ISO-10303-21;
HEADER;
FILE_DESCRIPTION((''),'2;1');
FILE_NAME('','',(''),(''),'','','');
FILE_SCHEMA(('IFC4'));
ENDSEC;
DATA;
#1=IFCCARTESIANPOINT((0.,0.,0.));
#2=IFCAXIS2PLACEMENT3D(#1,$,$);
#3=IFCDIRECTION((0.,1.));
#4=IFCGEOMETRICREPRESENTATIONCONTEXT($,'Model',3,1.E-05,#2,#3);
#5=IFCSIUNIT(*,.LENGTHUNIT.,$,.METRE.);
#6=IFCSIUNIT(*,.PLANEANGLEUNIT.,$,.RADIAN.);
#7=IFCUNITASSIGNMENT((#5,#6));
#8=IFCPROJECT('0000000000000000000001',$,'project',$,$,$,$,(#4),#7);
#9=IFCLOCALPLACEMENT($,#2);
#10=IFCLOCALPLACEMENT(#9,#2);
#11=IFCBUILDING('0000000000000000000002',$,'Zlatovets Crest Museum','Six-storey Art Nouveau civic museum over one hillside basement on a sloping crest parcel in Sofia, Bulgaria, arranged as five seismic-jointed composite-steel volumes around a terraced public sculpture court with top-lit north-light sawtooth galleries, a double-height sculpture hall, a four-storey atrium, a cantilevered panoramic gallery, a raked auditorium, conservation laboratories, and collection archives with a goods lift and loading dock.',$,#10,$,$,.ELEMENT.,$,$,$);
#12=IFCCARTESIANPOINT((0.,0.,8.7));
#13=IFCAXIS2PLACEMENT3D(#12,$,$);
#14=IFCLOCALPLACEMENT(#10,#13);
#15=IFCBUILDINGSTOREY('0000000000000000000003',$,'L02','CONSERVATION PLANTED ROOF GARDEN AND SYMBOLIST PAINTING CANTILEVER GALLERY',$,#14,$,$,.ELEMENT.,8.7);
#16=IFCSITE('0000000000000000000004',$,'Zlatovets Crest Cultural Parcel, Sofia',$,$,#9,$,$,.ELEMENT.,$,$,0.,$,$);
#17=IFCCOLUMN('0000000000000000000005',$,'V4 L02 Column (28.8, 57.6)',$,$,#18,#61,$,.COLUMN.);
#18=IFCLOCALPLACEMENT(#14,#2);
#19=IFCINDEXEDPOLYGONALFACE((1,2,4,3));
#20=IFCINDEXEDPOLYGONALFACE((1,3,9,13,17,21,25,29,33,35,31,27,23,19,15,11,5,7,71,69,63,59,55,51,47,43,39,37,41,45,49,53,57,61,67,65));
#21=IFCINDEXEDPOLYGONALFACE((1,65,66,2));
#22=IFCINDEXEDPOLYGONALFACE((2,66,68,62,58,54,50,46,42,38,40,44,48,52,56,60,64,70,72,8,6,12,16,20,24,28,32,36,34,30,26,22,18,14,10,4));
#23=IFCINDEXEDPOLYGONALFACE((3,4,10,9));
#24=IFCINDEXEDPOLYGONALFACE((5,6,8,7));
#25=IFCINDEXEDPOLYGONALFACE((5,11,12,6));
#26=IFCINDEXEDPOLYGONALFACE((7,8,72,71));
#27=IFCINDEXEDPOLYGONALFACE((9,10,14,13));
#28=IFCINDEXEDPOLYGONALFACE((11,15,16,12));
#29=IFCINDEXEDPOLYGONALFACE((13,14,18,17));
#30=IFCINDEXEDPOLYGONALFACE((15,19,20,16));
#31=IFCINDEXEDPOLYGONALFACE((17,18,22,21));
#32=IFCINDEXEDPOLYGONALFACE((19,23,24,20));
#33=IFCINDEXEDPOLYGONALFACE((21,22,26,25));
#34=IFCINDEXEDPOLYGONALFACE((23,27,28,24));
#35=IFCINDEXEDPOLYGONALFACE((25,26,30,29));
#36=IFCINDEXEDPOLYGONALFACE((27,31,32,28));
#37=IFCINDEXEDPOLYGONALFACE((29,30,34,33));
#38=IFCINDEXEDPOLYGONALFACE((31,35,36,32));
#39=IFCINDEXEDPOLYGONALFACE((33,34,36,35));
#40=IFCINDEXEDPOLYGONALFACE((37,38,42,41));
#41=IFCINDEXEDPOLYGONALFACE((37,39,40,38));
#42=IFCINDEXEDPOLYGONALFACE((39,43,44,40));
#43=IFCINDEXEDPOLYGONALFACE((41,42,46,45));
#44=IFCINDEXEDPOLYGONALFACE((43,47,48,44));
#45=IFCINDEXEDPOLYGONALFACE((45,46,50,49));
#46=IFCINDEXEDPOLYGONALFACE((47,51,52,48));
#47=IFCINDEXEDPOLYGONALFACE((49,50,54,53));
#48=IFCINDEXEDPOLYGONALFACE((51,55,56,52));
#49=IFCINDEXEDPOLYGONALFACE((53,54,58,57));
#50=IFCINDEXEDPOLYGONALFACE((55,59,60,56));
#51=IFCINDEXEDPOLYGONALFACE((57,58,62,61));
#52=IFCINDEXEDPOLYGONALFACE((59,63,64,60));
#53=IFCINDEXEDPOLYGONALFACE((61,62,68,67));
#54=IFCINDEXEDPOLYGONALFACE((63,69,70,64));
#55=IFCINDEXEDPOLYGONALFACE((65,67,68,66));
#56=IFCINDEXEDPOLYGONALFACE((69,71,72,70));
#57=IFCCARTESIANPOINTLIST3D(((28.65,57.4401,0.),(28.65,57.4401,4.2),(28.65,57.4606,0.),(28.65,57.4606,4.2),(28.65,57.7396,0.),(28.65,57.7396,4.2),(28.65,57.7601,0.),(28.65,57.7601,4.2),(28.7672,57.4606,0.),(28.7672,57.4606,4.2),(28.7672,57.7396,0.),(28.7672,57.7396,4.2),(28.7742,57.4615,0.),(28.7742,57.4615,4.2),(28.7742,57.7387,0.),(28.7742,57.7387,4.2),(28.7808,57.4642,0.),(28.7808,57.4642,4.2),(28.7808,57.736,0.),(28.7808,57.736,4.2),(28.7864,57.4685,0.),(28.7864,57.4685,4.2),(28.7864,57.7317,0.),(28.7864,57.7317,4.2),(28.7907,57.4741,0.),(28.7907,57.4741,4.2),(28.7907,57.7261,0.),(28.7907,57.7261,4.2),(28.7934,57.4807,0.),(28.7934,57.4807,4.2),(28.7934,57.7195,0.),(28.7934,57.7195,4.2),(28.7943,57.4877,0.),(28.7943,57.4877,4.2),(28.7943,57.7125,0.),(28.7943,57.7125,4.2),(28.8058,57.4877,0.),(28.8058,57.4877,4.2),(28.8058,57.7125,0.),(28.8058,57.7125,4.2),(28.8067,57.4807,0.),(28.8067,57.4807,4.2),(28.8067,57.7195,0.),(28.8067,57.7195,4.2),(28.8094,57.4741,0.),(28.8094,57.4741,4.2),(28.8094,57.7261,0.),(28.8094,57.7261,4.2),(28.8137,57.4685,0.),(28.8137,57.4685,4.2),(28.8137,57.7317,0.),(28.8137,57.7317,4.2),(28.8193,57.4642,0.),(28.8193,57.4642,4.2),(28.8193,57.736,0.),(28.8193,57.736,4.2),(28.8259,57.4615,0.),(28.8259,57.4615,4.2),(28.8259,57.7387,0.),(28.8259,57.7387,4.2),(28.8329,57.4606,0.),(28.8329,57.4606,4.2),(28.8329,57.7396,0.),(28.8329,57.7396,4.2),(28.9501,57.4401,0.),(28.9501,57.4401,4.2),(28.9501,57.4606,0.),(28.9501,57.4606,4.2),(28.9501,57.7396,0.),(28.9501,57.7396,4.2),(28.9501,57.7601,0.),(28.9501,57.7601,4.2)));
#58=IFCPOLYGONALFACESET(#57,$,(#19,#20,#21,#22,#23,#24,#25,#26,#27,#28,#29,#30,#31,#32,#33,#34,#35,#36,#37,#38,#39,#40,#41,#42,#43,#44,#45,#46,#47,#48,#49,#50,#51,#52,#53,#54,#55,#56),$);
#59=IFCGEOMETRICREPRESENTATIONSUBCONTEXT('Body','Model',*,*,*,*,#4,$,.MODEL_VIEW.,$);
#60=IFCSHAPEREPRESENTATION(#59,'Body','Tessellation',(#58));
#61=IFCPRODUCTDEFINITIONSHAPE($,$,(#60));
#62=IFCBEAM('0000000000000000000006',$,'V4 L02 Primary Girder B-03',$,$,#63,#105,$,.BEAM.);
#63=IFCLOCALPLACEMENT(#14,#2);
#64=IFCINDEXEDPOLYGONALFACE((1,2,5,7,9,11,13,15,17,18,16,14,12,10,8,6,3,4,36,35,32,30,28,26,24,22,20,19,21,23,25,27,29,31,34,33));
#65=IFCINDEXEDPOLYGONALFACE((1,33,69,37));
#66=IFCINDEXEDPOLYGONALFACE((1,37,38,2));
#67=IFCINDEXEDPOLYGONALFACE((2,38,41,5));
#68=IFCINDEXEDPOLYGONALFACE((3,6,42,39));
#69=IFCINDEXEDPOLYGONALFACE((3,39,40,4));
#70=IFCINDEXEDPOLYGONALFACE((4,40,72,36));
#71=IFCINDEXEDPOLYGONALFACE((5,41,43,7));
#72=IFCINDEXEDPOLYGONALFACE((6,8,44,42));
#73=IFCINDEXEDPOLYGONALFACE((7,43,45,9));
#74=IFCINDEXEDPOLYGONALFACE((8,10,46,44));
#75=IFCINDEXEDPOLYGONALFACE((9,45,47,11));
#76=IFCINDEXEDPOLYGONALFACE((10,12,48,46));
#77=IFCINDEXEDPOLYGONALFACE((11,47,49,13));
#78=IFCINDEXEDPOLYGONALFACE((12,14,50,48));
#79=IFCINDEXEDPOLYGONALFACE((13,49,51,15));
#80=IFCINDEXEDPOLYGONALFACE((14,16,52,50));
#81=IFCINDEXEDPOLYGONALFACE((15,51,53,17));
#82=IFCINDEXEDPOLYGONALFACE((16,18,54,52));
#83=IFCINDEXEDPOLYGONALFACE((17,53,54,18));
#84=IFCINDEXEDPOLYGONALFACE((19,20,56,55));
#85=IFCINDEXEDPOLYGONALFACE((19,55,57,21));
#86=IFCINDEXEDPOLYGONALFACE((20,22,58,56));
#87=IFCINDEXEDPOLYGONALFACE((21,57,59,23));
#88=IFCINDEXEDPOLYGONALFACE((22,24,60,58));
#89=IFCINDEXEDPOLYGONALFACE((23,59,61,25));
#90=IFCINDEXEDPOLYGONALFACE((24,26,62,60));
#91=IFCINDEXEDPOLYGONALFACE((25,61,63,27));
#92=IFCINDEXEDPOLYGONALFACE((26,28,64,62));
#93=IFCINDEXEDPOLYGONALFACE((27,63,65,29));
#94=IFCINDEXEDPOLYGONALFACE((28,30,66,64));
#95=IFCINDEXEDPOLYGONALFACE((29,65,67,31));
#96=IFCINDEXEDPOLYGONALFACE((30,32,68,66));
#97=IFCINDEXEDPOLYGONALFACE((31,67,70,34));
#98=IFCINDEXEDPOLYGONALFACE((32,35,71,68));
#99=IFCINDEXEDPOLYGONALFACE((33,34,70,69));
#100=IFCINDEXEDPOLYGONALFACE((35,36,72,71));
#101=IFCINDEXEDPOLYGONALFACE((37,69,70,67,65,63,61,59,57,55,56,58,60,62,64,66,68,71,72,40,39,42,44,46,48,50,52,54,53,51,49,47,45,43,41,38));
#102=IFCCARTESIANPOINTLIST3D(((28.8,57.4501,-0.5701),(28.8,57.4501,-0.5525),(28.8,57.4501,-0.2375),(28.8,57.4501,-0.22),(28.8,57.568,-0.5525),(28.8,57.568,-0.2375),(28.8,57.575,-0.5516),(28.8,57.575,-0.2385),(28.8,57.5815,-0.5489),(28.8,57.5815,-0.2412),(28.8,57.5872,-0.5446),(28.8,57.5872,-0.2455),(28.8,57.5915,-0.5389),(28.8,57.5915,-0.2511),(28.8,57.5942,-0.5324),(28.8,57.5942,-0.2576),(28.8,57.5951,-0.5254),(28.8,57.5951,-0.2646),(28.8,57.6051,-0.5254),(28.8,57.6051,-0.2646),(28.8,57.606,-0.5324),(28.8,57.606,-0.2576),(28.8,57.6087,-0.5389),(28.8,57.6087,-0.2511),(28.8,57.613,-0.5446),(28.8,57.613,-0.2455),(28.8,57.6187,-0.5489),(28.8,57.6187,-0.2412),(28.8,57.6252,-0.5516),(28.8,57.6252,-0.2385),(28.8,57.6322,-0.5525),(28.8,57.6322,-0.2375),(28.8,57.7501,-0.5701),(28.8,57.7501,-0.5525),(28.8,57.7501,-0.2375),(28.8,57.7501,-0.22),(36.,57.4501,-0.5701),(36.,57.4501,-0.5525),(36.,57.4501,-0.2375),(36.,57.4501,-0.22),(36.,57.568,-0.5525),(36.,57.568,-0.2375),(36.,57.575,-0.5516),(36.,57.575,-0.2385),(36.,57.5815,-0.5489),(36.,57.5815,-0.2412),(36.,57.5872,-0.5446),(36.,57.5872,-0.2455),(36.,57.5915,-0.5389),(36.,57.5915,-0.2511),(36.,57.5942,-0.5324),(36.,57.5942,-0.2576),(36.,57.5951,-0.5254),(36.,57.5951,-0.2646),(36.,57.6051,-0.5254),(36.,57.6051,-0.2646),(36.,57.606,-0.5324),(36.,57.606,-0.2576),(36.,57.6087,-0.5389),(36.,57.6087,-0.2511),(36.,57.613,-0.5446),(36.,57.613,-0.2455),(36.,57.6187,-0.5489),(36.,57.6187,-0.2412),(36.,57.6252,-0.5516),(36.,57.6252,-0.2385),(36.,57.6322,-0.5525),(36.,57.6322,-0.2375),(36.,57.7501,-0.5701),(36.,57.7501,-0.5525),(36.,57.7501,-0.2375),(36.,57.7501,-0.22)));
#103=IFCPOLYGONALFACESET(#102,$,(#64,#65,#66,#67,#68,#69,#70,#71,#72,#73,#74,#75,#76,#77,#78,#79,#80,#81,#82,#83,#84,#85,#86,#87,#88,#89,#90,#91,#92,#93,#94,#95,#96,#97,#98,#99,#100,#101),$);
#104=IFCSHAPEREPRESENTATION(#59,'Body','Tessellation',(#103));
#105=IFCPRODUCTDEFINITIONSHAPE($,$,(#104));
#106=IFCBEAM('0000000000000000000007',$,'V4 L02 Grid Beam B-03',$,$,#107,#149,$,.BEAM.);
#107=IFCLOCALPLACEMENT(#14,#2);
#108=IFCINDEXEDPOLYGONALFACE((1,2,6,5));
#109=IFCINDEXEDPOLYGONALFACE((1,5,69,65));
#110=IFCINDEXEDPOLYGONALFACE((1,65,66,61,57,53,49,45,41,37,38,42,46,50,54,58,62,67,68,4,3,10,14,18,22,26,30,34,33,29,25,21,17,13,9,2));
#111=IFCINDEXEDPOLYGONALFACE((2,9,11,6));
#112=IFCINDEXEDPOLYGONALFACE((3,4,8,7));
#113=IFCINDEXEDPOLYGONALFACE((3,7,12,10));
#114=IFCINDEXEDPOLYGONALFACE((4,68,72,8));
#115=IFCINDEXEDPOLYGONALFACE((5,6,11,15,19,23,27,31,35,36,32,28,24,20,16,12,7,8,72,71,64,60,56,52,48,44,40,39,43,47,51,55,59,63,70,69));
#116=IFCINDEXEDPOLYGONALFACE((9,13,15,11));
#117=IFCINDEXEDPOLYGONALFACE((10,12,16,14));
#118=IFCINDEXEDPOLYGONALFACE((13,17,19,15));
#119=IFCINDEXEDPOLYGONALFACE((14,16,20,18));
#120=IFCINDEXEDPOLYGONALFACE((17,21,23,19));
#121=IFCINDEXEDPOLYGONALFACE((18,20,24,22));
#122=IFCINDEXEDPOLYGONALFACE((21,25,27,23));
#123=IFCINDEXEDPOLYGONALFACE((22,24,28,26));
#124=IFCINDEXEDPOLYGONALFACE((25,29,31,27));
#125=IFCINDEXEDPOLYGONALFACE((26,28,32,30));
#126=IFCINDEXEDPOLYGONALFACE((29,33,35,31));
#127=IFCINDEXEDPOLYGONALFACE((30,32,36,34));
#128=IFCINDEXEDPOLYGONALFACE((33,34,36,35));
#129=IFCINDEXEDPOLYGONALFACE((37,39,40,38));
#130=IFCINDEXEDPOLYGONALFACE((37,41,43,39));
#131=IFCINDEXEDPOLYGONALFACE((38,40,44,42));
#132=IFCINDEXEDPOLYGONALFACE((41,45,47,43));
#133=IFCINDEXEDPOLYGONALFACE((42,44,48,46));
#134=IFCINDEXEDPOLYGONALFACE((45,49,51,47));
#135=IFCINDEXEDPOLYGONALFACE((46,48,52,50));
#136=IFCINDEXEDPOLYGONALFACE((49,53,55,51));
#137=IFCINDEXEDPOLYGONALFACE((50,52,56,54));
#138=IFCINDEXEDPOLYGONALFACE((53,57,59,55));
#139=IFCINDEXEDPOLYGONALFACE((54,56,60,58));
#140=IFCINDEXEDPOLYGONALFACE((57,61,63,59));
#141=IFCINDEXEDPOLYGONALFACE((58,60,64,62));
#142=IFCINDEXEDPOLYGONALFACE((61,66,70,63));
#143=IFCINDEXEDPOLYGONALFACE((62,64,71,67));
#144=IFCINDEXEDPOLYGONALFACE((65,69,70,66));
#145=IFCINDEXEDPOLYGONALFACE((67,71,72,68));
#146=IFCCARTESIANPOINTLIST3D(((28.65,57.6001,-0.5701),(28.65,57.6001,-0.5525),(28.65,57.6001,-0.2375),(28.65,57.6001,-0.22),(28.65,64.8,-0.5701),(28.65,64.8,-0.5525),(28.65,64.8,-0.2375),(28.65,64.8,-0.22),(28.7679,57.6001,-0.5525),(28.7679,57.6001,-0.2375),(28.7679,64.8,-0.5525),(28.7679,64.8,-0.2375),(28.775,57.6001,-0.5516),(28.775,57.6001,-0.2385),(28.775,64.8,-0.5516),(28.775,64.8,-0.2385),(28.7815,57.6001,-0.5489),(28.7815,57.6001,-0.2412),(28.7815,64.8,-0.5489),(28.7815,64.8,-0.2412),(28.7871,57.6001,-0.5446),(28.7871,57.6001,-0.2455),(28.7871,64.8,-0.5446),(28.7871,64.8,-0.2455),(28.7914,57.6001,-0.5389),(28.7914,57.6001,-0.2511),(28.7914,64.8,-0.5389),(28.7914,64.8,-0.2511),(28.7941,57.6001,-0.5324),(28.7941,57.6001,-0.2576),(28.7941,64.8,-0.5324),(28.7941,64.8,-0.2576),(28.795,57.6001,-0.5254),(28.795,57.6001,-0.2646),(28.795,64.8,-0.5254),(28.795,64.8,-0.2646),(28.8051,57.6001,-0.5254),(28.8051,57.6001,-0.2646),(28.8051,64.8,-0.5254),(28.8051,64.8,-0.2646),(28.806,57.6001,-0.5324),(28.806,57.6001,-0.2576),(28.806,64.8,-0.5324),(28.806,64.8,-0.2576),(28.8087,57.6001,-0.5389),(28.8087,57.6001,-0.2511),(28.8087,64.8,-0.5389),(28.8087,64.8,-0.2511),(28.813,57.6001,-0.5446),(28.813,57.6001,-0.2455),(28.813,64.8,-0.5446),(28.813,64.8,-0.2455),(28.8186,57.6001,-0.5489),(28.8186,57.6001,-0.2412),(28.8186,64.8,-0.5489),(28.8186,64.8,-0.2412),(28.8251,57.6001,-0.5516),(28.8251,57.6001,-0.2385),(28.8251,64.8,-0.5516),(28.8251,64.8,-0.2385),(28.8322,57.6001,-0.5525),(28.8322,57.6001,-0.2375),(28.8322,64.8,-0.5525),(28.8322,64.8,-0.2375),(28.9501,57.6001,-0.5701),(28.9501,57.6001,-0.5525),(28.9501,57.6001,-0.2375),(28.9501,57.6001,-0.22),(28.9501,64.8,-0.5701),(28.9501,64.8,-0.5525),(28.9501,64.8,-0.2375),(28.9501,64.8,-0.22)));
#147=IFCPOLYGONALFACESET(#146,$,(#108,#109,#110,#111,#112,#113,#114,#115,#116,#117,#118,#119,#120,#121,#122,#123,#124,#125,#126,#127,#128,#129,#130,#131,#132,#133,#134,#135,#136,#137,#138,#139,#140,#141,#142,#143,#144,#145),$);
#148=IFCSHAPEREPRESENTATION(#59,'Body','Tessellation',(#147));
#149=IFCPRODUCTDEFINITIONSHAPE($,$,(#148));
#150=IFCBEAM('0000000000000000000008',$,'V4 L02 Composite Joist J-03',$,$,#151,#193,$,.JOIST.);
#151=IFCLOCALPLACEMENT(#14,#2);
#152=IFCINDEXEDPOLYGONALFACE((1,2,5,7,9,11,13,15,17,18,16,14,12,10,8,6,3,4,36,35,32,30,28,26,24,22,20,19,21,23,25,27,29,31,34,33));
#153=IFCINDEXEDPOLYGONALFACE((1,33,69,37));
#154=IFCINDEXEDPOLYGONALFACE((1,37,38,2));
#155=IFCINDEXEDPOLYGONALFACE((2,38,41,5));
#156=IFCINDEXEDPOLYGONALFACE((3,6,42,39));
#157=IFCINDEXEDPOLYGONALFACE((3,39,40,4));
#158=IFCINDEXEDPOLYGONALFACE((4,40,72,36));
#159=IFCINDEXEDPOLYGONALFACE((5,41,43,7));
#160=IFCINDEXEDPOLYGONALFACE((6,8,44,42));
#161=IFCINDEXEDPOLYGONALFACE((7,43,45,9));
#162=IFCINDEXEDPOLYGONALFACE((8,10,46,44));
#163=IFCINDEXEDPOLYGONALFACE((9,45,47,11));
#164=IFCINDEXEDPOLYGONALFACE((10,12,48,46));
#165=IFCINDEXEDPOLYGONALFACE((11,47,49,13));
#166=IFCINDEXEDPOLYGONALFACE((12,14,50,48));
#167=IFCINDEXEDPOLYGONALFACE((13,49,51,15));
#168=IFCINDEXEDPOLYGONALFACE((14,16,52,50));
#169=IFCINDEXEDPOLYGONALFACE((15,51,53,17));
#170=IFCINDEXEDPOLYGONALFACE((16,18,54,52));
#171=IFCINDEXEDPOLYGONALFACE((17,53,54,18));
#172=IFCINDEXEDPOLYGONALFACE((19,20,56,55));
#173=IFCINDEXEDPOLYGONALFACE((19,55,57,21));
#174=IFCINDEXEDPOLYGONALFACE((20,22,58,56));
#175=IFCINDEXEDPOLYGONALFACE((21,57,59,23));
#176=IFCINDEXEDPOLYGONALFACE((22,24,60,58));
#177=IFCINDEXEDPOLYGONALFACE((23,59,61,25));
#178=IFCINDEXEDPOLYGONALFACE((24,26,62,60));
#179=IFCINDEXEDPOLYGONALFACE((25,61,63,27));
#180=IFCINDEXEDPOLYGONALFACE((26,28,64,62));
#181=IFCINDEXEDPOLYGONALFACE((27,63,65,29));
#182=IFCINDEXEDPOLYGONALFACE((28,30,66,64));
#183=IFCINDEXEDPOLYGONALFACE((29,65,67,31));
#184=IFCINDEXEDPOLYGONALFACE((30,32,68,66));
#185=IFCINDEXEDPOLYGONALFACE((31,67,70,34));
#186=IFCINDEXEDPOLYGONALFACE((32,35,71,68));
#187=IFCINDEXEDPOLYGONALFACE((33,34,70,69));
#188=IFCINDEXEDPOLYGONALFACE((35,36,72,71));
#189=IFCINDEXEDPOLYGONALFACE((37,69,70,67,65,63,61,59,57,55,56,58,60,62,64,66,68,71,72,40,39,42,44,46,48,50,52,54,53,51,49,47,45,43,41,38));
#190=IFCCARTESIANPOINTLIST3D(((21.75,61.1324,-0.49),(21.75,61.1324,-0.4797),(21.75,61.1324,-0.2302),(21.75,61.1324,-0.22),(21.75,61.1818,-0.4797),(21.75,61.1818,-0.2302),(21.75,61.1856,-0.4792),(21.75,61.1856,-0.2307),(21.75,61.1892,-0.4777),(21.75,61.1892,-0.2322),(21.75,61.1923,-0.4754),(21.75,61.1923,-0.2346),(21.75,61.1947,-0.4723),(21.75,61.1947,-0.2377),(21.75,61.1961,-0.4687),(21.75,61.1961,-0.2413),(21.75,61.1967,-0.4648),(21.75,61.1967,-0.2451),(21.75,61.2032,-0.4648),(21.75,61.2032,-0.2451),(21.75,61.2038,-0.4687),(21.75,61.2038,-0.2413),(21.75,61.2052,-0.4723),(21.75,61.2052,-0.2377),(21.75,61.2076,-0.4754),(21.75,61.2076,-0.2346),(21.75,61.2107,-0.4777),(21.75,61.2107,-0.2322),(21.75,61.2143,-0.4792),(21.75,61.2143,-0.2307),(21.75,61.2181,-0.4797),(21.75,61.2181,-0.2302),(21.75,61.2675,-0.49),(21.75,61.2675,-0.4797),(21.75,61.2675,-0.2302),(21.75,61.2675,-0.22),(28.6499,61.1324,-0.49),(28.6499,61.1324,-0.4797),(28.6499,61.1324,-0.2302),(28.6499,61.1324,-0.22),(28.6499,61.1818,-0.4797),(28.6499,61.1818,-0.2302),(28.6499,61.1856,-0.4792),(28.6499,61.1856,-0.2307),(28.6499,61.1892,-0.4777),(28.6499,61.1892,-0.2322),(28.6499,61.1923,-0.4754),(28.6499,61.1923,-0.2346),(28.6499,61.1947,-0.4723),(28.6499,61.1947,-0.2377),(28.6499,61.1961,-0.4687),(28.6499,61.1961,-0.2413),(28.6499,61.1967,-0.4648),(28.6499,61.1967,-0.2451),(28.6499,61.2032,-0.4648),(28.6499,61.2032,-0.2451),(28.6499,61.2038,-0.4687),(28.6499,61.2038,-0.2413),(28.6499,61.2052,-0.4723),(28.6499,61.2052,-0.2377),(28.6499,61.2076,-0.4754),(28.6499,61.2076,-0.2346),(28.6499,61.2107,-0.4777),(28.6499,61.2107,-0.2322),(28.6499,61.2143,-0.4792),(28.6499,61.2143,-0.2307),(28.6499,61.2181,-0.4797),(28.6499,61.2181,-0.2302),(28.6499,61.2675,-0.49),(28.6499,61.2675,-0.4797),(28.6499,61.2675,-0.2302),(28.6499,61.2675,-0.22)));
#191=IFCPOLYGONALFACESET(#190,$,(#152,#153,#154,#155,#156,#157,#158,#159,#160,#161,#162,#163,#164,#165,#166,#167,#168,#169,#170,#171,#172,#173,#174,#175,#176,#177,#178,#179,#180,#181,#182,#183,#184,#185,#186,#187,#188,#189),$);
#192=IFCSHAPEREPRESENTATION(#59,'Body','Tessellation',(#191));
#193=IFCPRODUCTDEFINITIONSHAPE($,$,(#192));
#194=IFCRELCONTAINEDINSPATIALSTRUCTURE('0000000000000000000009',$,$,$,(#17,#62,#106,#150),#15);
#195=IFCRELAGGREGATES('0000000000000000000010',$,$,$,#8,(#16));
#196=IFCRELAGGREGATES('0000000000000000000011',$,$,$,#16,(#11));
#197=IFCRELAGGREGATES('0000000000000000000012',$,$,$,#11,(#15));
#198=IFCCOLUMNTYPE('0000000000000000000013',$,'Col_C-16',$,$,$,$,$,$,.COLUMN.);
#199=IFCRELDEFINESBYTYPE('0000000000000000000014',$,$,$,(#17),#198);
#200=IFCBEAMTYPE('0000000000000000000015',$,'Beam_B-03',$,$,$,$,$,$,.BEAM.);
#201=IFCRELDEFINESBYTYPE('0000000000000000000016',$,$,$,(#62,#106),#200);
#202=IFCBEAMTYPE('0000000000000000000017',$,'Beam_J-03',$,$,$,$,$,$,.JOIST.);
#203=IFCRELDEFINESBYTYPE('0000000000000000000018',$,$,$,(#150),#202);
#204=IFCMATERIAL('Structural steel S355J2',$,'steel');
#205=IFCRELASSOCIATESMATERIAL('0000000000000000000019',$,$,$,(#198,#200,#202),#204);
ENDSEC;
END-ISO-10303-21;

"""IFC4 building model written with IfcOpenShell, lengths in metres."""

from ifc_helpers import new_model, si_unit, direction, frame, origin, origin_2d, place, context, subcontext, project, spatial, i_section, extrude, material, material_profile, profile_set, type_object, element, save


model = new_model("IFC4")

# Units and contexts
model_context = context("Model", 3, precision=1e-05, world=origin(), true_north=direction((0.0, 1.0)))
body_context = subcontext(model_context, "Body", "Model", "MODEL_VIEW")
ifc_project = project(units=[si_unit("LENGTHUNIT", "METRE"), si_unit("PLANEANGLEUNIT", "RADIAN")], contexts=[model_context])

# Site, building, storey
site_placement = place(None, origin())
site = spatial("IfcSite", under=ifc_project, at=site_placement, Name="Zlatovets Crest Cultural Parcel, Sofia", CompositionType="ELEMENT", RefElevation=0.0)
building_placement = place(site_placement, origin())
building = spatial("IfcBuilding", under=site, at=building_placement, Name="Zlatovets Crest Museum", Description="Six-storey Art Nouveau civic museum over one hillside basement on a sloping crest parcel in Sofia, Bulgaria, arranged as five seismic-jointed composite-steel volumes around a terraced public sculpture court with top-lit north-light sawtooth galleries, a double-height sculpture hall, a four-storey atrium, a cantilevered panoramic gallery, a raked auditorium, conservation laboratories, and collection archives with a goods lift and loading dock.", CompositionType="ELEMENT")
storey_placement = place(building_placement, frame((0.0, 0.0, 8.7)))
storey = spatial("IfcBuildingStorey", under=building, at=storey_placement, Name="L02", Description="CONSERVATION PLANTED ROOF GARDEN AND SYMBOLIST PAINTING CANTILEVER GALLERY", CompositionType="ELEMENT", Elevation=8.7)

# Column
ifc_material_1 = material(Name="Structural steel S355J2", Category="steel")
ifc_material_profile_1 = material_profile(ifc_material_1, i_section(OverallWidth=0.3, OverallDepth=0.3201, WebThickness=0.0115, FlangeThickness=0.0205, FilletRadius=0.0271, at=origin_2d()), Name="HEB 320")
ifc_profile_set_1 = profile_set([ifc_material_profile_1], Name="Structural steel S355J2")
column_type = type_object("IfcColumnType", Name="Col_C-16", PredefinedType="COLUMN", material=ifc_profile_set_1)
column_placement = place(storey_placement, frame((28.8, 57.6001, 0.0), z_axis=(0.0, 0.0, 1.0), x_axis=(1.0, 0.0, 0.0)))
element("IfcColumn", 1, at=column_placement, inside=storey, type_object=column_type, Name="V4 L02 Column (28.8, 57.6)", PredefinedType="COLUMN", context=body_context, shape_type="SweptSolid", body=[
    extrude(i_section(OverallWidth=0.3, OverallDepth=0.3201, WebThickness=0.0115, FlangeThickness=0.0205, FilletRadius=0.0271, at=origin_2d()), origin(), (0.0, 0.0, 1.0), 4.2),
])

# Beams
ifc_material_profile_2 = material_profile(ifc_material_1, i_section(OverallWidth=0.3, OverallDepth=0.3501, WebThickness=0.01, FlangeThickness=0.0176, FilletRadius=0.0271, at=origin_2d()), Name="HEA 360")
ifc_profile_set_2 = profile_set([ifc_material_profile_2], Name="Structural steel S355J2")
beam_type_1 = type_object("IfcBeamType", Name="Beam_B-03", PredefinedType="BEAM", material=ifc_profile_set_2)
for number, where, z_axis, x_axis, name in (
    (2, (28.8, 57.6001, -0.395), (1.0, 0.0, 0.0), (0.0, 1.0, 0.0), "V4 L02 Primary Girder B-03"),
    (3, (28.8, 57.6001, -0.395), (0.0, 1.0, 0.0), (-1.0, 0.0, 0.0), "V4 L02 Grid Beam B-03"),
):
    element("IfcBeam", number, at=place(storey_placement, frame(where, z_axis=z_axis, x_axis=x_axis)), inside=storey, type_object=beam_type_1, Name=name, PredefinedType="BEAM", context=body_context, shape_type="SweptSolid", body=[
        extrude(i_section(OverallWidth=0.3, OverallDepth=0.3501, WebThickness=0.01, FlangeThickness=0.0176, FilletRadius=0.0271, at=origin_2d()), origin(), (0.0, 0.0, 1.0), 7.2),
    ])
ifc_material_profile_3 = material_profile(ifc_material_1, i_section(OverallWidth=0.135, OverallDepth=0.27, WebThickness=0.0066, FlangeThickness=0.0103, FilletRadius=0.0149, at=origin_2d()), Name="IPE 270")
ifc_profile_set_3 = profile_set([ifc_material_profile_3], Name="Structural steel S355J2")
beam_type_2 = type_object("IfcBeamType", Name="Beam_J-03", PredefinedType="JOIST", material=ifc_profile_set_3)
beam_1_placement = place(storey_placement, frame((21.75, 61.2, -0.355), z_axis=(1.0, 0.0, 0.0), x_axis=(0.0, 1.0, 0.0)))
element("IfcBeam", 4, at=beam_1_placement, inside=storey, type_object=beam_type_2, Name="V4 L02 Composite Joist J-03", PredefinedType="JOIST", context=body_context, shape_type="SweptSolid", body=[
    extrude(i_section(OverallWidth=0.135, OverallDepth=0.27, WebThickness=0.0066, FlangeThickness=0.0103, FilletRadius=0.0149, at=origin_2d()), origin(), (0.0, 0.0, 1.0), 6.8999),
])

save(model, "model.ifc")
